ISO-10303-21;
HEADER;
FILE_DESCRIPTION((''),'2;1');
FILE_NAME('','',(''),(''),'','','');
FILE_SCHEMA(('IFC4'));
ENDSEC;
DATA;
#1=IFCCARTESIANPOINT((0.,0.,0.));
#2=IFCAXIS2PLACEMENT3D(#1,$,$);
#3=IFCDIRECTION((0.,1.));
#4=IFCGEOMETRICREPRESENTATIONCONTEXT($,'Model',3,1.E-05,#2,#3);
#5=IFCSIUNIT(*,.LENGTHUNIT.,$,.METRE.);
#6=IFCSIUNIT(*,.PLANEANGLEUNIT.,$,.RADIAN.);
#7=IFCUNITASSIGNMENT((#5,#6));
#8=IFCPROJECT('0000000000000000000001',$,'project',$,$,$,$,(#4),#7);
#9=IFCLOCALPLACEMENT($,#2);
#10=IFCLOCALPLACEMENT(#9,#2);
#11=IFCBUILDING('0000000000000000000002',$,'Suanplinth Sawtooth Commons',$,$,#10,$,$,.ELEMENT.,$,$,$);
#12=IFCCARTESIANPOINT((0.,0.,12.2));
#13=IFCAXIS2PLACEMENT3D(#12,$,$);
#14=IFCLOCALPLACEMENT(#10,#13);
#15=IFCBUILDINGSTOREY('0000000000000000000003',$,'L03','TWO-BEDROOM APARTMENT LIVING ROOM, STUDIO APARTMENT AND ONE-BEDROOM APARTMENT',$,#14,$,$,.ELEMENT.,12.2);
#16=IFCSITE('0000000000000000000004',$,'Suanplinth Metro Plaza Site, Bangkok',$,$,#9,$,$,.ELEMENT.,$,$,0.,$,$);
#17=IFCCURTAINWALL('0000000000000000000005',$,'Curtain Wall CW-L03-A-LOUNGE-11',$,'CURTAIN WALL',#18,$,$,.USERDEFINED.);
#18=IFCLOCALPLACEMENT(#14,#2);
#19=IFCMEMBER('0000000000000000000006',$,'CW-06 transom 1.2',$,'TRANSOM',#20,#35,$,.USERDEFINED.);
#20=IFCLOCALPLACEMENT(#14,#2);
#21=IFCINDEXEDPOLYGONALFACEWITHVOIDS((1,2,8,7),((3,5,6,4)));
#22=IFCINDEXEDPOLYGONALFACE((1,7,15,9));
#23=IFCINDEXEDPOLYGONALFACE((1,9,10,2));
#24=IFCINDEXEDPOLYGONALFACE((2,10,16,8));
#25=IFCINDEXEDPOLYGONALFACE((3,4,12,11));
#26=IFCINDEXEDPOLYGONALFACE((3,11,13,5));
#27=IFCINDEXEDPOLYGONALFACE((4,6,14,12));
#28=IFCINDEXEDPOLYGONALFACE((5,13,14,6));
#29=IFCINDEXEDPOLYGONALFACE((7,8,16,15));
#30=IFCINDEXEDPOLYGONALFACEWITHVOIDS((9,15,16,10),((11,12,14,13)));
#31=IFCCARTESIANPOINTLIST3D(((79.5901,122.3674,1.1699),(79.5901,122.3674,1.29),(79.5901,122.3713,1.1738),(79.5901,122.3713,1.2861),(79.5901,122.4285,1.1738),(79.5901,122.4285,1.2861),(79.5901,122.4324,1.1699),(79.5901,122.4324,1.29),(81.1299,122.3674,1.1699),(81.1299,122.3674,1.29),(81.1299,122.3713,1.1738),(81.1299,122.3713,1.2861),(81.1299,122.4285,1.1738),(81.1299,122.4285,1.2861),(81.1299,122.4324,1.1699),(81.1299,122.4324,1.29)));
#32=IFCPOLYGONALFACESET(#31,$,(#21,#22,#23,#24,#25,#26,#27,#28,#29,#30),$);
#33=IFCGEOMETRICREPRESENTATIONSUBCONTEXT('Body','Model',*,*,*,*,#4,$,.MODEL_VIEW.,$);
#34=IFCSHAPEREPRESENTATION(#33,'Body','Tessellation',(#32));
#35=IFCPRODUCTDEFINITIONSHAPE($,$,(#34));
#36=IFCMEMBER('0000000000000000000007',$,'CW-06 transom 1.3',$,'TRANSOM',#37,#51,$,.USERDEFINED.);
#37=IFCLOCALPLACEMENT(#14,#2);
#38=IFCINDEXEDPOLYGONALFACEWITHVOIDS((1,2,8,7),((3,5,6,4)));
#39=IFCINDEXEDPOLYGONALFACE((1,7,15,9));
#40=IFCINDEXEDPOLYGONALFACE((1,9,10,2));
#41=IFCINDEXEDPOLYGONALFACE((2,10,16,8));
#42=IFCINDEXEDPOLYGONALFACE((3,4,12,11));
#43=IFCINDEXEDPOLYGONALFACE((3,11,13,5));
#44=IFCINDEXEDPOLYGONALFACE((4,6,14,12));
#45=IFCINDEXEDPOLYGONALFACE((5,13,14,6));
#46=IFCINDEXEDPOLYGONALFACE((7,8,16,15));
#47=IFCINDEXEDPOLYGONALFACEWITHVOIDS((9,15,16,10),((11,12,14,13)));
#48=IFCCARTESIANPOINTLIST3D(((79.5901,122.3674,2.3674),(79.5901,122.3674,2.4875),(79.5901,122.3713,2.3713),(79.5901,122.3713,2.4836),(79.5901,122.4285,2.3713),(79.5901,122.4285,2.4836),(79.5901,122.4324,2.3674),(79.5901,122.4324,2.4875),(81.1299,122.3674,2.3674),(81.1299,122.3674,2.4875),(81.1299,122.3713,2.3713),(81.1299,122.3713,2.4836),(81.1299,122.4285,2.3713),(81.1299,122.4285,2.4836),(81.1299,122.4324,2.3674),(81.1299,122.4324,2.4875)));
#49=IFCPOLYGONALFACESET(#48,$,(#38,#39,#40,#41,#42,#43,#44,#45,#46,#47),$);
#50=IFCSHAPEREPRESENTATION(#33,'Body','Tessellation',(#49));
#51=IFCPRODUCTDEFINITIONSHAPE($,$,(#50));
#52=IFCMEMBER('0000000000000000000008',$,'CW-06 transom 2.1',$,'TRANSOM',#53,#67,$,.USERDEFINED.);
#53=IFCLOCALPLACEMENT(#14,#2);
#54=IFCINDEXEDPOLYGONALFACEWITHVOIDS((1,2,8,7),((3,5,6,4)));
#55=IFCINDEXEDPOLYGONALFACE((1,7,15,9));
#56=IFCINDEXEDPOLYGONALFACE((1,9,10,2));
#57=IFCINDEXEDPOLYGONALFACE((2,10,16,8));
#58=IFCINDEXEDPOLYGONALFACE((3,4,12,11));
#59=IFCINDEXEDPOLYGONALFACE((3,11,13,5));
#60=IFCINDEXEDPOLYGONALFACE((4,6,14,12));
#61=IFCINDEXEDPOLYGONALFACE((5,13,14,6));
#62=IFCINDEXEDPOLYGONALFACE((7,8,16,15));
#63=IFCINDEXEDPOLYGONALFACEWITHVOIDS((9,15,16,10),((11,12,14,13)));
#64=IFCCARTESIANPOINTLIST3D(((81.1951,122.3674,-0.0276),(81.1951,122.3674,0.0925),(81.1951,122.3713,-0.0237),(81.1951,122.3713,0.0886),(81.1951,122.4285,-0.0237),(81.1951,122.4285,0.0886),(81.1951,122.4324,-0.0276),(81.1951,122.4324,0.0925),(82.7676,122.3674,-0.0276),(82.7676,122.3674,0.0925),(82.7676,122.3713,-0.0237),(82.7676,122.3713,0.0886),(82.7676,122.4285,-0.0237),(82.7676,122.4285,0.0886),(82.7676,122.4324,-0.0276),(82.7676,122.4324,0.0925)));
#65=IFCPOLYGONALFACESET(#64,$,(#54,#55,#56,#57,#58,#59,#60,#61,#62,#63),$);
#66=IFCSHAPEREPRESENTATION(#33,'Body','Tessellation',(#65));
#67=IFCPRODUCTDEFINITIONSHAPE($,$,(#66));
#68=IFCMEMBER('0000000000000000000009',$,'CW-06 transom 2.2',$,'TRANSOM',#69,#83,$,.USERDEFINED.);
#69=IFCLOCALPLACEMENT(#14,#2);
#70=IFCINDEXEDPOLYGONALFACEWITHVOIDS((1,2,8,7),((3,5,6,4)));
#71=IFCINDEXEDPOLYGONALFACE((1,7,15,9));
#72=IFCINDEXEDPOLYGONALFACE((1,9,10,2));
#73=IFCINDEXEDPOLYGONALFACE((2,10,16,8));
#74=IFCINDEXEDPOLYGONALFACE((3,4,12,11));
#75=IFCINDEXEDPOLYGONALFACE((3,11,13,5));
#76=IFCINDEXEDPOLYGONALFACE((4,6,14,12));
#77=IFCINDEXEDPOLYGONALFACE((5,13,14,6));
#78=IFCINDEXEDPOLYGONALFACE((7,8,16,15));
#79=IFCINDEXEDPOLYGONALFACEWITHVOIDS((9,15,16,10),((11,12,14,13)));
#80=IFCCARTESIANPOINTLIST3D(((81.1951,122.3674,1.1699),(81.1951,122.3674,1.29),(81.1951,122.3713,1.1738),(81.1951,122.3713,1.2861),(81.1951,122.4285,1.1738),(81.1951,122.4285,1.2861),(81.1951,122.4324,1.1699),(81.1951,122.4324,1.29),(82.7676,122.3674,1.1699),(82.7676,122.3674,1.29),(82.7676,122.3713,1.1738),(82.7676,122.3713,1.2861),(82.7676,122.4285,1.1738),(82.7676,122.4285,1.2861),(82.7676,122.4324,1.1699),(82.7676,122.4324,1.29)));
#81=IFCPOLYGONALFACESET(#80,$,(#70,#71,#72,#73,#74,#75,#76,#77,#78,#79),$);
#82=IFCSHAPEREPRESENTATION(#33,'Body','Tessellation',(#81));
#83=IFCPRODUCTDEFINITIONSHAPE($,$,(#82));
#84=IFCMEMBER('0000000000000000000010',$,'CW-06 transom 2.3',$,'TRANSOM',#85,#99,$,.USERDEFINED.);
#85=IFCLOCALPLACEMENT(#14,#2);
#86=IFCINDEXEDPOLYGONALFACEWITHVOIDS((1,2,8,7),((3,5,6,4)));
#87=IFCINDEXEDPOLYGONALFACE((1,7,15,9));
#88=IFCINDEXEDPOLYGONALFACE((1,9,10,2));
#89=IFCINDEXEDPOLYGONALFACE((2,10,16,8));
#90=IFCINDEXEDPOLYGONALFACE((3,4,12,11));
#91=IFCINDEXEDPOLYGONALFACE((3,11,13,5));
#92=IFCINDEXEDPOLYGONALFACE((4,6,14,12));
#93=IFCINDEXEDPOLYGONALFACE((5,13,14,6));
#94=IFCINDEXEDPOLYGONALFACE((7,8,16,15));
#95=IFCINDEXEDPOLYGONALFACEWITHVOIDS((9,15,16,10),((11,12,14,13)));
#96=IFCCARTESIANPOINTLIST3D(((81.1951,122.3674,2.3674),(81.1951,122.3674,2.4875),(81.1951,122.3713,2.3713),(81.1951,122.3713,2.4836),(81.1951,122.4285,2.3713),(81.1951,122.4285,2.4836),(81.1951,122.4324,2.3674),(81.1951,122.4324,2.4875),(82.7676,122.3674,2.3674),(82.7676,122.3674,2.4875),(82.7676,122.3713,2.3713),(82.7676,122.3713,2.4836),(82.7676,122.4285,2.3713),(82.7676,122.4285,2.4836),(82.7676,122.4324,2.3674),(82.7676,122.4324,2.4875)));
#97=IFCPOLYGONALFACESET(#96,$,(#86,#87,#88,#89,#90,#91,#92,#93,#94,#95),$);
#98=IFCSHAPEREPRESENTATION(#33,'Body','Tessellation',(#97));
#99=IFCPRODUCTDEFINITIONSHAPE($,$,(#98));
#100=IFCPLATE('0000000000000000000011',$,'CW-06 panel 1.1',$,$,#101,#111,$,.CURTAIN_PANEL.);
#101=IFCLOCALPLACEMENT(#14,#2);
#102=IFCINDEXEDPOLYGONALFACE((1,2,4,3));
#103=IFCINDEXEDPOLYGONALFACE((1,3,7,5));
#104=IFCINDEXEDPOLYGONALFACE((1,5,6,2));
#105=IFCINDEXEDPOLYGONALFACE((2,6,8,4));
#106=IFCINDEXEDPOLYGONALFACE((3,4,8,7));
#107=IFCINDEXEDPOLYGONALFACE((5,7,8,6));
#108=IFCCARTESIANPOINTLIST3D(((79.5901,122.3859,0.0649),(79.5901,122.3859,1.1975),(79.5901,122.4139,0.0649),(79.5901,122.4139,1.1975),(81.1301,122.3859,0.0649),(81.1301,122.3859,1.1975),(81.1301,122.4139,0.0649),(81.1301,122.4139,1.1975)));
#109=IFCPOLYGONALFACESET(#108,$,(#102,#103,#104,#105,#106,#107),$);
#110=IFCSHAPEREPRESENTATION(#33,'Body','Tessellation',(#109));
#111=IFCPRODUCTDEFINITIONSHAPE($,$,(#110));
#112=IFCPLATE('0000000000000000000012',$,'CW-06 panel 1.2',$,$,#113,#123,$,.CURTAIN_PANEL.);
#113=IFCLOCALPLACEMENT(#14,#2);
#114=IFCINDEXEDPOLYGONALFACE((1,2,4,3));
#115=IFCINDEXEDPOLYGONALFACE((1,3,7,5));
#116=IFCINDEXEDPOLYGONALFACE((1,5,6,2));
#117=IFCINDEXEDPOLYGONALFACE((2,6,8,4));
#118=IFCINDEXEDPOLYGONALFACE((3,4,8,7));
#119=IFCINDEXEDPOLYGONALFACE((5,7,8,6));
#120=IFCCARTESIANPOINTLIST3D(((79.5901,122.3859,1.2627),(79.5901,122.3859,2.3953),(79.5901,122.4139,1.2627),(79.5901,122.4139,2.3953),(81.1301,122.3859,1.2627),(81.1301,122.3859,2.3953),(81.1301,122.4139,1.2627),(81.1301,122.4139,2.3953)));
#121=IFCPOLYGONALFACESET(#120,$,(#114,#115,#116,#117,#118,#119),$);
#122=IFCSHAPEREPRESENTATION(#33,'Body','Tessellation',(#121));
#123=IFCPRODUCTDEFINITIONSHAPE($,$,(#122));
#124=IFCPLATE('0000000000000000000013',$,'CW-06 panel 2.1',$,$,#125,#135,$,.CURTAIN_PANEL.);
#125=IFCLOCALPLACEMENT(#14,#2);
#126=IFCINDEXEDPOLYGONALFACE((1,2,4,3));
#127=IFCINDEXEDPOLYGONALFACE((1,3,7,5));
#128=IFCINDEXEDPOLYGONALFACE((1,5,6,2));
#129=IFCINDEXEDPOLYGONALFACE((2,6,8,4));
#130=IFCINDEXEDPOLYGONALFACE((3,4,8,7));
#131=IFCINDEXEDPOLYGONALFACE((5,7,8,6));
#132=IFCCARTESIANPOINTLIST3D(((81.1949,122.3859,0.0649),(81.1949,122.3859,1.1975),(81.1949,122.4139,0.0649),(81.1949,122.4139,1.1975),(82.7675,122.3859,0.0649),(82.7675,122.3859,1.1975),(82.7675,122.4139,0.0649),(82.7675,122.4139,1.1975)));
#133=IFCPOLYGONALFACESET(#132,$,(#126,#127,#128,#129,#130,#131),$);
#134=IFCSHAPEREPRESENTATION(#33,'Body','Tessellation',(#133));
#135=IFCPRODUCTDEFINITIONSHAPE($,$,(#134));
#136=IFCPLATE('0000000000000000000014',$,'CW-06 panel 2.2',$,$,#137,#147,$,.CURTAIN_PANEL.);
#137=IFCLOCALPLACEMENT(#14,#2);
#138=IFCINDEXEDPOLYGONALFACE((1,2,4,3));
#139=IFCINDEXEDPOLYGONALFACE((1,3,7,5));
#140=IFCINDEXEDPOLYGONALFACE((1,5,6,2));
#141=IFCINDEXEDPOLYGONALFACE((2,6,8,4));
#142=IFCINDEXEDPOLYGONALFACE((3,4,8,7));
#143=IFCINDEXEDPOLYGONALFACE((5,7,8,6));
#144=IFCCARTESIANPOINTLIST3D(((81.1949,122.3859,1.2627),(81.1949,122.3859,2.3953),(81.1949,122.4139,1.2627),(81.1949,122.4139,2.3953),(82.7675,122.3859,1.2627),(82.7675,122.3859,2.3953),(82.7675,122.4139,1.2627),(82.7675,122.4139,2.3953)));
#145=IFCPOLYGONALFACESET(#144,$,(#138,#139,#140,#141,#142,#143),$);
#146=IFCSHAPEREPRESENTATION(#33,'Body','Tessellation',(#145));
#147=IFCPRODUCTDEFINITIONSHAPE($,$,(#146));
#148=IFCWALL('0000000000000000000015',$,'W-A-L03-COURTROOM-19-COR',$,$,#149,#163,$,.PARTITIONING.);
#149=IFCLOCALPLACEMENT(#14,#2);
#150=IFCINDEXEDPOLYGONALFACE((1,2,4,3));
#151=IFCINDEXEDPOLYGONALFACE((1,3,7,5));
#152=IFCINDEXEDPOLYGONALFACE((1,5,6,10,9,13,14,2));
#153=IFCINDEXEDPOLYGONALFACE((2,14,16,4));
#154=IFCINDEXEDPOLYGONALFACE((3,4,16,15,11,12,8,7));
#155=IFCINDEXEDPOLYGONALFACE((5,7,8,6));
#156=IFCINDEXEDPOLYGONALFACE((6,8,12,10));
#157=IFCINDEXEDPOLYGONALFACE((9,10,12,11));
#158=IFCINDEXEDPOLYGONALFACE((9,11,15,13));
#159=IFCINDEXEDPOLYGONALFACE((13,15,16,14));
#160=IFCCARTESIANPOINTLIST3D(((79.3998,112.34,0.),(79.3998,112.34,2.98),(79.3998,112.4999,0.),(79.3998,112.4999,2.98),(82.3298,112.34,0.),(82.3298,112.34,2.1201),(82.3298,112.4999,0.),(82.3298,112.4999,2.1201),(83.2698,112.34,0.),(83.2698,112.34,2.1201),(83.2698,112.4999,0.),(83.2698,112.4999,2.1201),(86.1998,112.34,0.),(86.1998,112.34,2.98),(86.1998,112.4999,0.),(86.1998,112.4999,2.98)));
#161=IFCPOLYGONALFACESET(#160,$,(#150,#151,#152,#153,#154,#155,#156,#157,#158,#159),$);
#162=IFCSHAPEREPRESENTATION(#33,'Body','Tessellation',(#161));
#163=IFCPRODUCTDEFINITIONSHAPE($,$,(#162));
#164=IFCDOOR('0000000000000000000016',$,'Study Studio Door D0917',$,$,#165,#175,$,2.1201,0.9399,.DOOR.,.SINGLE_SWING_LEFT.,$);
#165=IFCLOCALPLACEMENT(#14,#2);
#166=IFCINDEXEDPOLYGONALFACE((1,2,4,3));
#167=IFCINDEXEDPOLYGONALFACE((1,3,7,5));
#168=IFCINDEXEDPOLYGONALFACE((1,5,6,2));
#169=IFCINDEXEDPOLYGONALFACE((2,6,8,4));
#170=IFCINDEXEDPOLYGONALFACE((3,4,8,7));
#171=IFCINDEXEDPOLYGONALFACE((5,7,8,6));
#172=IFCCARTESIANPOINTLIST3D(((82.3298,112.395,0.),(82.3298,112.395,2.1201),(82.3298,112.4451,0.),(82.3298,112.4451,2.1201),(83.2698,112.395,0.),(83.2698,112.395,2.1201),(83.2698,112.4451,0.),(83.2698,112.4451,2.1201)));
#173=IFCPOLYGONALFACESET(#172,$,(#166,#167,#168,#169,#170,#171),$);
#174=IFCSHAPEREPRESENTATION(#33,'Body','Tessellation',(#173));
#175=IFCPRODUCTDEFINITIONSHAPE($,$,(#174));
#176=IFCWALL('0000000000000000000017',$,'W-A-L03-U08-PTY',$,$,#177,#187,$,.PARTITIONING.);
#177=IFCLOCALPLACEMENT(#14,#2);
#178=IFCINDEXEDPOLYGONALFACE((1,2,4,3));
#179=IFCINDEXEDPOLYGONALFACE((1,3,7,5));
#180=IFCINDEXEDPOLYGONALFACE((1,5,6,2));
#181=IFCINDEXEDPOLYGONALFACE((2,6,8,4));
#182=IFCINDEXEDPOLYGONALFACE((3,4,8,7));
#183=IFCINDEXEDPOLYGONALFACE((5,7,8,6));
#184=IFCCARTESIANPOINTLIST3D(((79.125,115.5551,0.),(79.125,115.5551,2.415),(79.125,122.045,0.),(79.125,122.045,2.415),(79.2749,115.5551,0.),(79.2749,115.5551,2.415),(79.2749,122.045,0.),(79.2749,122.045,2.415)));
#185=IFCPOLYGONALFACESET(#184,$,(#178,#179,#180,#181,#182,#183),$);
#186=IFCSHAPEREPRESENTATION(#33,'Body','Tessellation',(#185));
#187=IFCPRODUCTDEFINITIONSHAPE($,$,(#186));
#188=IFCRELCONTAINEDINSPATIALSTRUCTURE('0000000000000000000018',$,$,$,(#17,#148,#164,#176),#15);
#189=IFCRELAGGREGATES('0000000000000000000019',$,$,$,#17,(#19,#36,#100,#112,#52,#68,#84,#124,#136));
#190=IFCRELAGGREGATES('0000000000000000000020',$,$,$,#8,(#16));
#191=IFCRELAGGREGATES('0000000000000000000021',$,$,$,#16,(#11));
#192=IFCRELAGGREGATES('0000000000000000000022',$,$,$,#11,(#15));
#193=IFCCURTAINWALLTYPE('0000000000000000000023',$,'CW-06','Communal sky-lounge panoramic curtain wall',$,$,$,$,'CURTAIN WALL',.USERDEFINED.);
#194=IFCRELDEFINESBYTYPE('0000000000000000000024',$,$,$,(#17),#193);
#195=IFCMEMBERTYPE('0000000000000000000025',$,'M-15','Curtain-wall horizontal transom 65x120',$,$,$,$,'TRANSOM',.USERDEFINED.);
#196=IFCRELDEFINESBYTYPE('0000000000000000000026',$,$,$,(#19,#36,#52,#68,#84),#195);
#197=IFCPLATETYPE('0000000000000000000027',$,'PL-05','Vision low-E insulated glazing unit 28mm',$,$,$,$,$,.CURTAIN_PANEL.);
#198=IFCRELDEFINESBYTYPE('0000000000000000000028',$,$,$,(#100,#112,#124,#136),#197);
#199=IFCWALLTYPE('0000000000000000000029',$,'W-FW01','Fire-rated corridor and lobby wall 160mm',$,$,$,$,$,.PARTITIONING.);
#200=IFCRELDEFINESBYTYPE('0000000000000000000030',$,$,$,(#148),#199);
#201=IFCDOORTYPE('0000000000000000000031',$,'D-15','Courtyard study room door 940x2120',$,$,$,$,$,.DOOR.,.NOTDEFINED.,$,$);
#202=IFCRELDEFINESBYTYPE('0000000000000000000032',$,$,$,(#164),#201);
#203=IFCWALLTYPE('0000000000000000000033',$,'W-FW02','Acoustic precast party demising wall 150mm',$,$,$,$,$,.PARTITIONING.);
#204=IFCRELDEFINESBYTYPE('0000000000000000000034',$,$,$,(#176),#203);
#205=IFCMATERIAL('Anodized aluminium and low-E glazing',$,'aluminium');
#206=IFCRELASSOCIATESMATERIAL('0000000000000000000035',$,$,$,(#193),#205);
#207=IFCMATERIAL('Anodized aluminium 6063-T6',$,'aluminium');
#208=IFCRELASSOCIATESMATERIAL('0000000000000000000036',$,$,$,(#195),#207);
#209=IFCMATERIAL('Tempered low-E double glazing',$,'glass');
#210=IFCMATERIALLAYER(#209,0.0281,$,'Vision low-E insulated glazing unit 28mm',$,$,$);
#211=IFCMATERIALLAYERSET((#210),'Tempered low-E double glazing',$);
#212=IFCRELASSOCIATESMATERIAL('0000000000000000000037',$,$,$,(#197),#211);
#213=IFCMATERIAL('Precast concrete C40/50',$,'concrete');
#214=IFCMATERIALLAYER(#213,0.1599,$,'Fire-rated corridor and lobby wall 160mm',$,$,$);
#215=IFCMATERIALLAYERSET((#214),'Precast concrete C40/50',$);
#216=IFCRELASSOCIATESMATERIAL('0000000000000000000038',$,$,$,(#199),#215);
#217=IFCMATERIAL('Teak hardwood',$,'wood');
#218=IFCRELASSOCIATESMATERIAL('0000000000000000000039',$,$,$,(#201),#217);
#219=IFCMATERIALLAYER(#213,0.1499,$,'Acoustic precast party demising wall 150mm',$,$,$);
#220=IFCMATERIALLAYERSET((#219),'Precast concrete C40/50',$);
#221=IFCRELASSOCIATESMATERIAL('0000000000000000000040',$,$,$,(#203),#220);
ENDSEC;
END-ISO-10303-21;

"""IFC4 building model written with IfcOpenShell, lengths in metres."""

from ifc_helpers import new_model, si_unit, direction, frame, frame_2d, origin, origin_2d, place, context, subcontext, project, spatial, rectangle, hollow_rectangle, extrude, material, layer, layer_set, material_profile, profile_set, type_object, element, fill, aggregate, save


model = new_model("IFC4")

# Units and contexts
model_context = context("Model", 3, precision=1e-05, world=origin(), true_north=direction((0.0, 1.0)))
body_context = subcontext(model_context, "Body", "Model", "MODEL_VIEW")
ifc_project = project(units=[si_unit("LENGTHUNIT", "METRE"), si_unit("PLANEANGLEUNIT", "RADIAN")], contexts=[model_context])

# Site, building, storey
site_placement = place(None, origin())
site = spatial("IfcSite", under=ifc_project, at=site_placement, Name="Suanplinth Metro Plaza Site, Bangkok", CompositionType="ELEMENT", RefElevation=0.0)
building_placement = place(site_placement, origin())
building = spatial("IfcBuilding", under=site, at=building_placement, Name="Suanplinth Sawtooth Commons", CompositionType="ELEMENT")
storey_placement = place(building_placement, frame((0.0, 0.0, 12.2)))
storey = spatial("IfcBuildingStorey", under=building, at=storey_placement, Name="L03", Description="TWO-BEDROOM APARTMENT LIVING ROOM, STUDIO APARTMENT AND ONE-BEDROOM APARTMENT", CompositionType="ELEMENT", Elevation=12.2)

# Shared definitions
ifc_material_1 = material(Name="Precast concrete C40/50", Category="concrete")

# Curtain wall, members, plates
ifc_material_2 = material(Name="Anodized aluminium and low-E glazing", Category="aluminium")
curtain_wall_type = type_object("IfcCurtainWallType", Name="CW-06", Description="Communal sky-lounge panoramic curtain wall", ElementType="CURTAIN WALL", PredefinedType="USERDEFINED", material=ifc_material_2)
curtain_wall_placement = place(storey_placement, origin())
curtain_wall = element("IfcCurtainWall", 1, at=curtain_wall_placement, inside=storey, type_object=curtain_wall_type, Name="Curtain Wall CW-L03-A-LOUNGE-11", ObjectType="CURTAIN WALL", PredefinedType="USERDEFINED")
ifc_material_3 = material(Name="Anodized aluminium 6063-T6", Category="aluminium")
ifc_material_profile_1 = material_profile(ifc_material_3, hollow_rectangle(XDim=0.0649, YDim=0.1201, WallThickness=0.0039, at=origin_2d()), Name="ALU-TRN 65x120")
ifc_profile_set_1 = profile_set([ifc_material_profile_1], Name="Anodized aluminium 6063-T6")
member_type_1 = type_object("IfcMemberType", Name="M-15", Description="Curtain-wall horizontal transom 65x120", ElementType="TRANSOM", PredefinedType="USERDEFINED", material=ifc_profile_set_1)
member_1_placement = place(storey_placement, frame((79.5901, 122.3999, 1.23), z_axis=(1.0, 0.0, 0.0), x_axis=(0.0, 1.0, 0.0)))
member_1 = element("IfcMember", 2, at=member_1_placement, type_object=member_type_1, Name="CW-06 transom 1.2", ObjectType="TRANSOM", PredefinedType="USERDEFINED", context=body_context, shape_type="SweptSolid", body=[
    extrude(hollow_rectangle(XDim=0.0649, YDim=0.1201, WallThickness=0.0039, at=origin_2d()), origin(), (0.0, 0.0, 1.0), 1.5398),
])
member_2_placement = place(storey_placement, frame((79.5901, 122.3999, 2.4275), z_axis=(1.0, 0.0, 0.0), x_axis=(0.0, 1.0, 0.0)))
member_2 = element("IfcMember", 3, at=member_2_placement, type_object=member_type_1, Name="CW-06 transom 1.3", ObjectType="TRANSOM", PredefinedType="USERDEFINED", context=body_context, shape_type="SweptSolid", body=[
    extrude(hollow_rectangle(XDim=0.0649, YDim=0.1201, WallThickness=0.0039, at=origin_2d()), origin(), (0.0, 0.0, 1.0), 1.5398),
])
member_3_placement = place(storey_placement, frame((81.1951, 122.3999, 0.0325), z_axis=(1.0, 0.0, 0.0), x_axis=(0.0, 1.0, 0.0)))
member_3 = element("IfcMember", 4, at=member_3_placement, type_object=member_type_1, Name="CW-06 transom 2.1", ObjectType="TRANSOM", PredefinedType="USERDEFINED", context=body_context, shape_type="SweptSolid", body=[
    extrude(hollow_rectangle(XDim=0.0649, YDim=0.1201, WallThickness=0.0039, at=origin_2d()), origin(), (0.0, 0.0, 1.0), 1.5725),
])
member_4_placement = place(storey_placement, frame((81.1951, 122.3999, 1.23), z_axis=(1.0, 0.0, 0.0), x_axis=(0.0, 1.0, 0.0)))
member_4 = element("IfcMember", 5, at=member_4_placement, type_object=member_type_1, Name="CW-06 transom 2.2", ObjectType="TRANSOM", PredefinedType="USERDEFINED", context=body_context, shape_type="SweptSolid", body=[
    extrude(hollow_rectangle(XDim=0.0649, YDim=0.1201, WallThickness=0.0039, at=origin_2d()), origin(), (0.0, 0.0, 1.0), 1.5725),
])
member_5_placement = place(storey_placement, frame((81.1951, 122.3999, 2.4275), z_axis=(1.0, 0.0, 0.0), x_axis=(0.0, 1.0, 0.0)))
member_5 = element("IfcMember", 6, at=member_5_placement, type_object=member_type_1, Name="CW-06 transom 2.3", ObjectType="TRANSOM", PredefinedType="USERDEFINED", context=body_context, shape_type="SweptSolid", body=[
    extrude(hollow_rectangle(XDim=0.0649, YDim=0.1201, WallThickness=0.0039, at=origin_2d()), origin(), (0.0, 0.0, 1.0), 1.5725),
])
ifc_material_4 = material(Name="Tempered low-E double glazing", Category="glass")
ifc_layer_1 = layer(ifc_material_4, 0.0281, Name="Vision low-E insulated glazing unit 28mm")
ifc_layer_set_1 = layer_set([ifc_layer_1], Name="Tempered low-E double glazing")
plate_type = type_object("IfcPlateType", Name="PL-05", Description="Vision low-E insulated glazing unit 28mm", PredefinedType="CURTAIN_PANEL", material=ifc_layer_set_1)
plate_1_placement = place(storey_placement, frame((80.3601, 122.3999, 0.0649), z_axis=(0.0, 0.0, 1.0), x_axis=(1.0, 0.0, 0.0)))
plate_1 = element("IfcPlate", 7, at=plate_1_placement, type_object=plate_type, Name="CW-06 panel 1.1", PredefinedType="CURTAIN_PANEL", context=body_context, shape_type="SweptSolid", body=[
    extrude(rectangle(XDim=1.54, YDim=0.0281, at=origin_2d()), origin(), (0.0, 0.0, 1.0), 1.1326),
])
plate_2_placement = place(storey_placement, frame((80.3601, 122.3999, 1.2627), z_axis=(0.0, 0.0, 1.0), x_axis=(1.0, 0.0, 0.0)))
plate_2 = element("IfcPlate", 8, at=plate_2_placement, type_object=plate_type, Name="CW-06 panel 1.2", PredefinedType="CURTAIN_PANEL", context=body_context, shape_type="SweptSolid", body=[
    extrude(rectangle(XDim=1.54, YDim=0.0281, at=origin_2d()), origin(), (0.0, 0.0, 1.0), 1.1326),
])
plate_3_placement = place(storey_placement, frame((81.9812, 122.3999, 0.0649), z_axis=(0.0, 0.0, 1.0), x_axis=(1.0, 0.0, 0.0)))
plate_3 = element("IfcPlate", 9, at=plate_3_placement, type_object=plate_type, Name="CW-06 panel 2.1", PredefinedType="CURTAIN_PANEL", context=body_context, shape_type="SweptSolid", body=[
    extrude(rectangle(XDim=1.5725, YDim=0.0281, at=origin_2d()), origin(), (0.0, 0.0, 1.0), 1.1326),
])
plate_4_placement = place(storey_placement, frame((81.9812, 122.3999, 1.2627), z_axis=(0.0, 0.0, 1.0), x_axis=(1.0, 0.0, 0.0)))
plate_4 = element("IfcPlate", 10, at=plate_4_placement, type_object=plate_type, Name="CW-06 panel 2.2", PredefinedType="CURTAIN_PANEL", context=body_context, shape_type="SweptSolid", body=[
    extrude(rectangle(XDim=1.5725, YDim=0.0281, at=origin_2d()), origin(), (0.0, 0.0, 1.0), 1.1326),
])
aggregate(curtain_wall, [member_1, member_2, plate_1, plate_2, member_3, member_4, member_5, plate_3, plate_4])

# Wall, opening, door
ifc_layer_2 = layer(ifc_material_1, 0.1599, Name="Fire-rated corridor and lobby wall 160mm")
ifc_layer_set_2 = layer_set([ifc_layer_2], Name="Precast concrete C40/50")
wall_type_1 = type_object("IfcWallType", Name="W-FW01", Description="Fire-rated corridor and lobby wall 160mm", PredefinedType="PARTITIONING", material=ifc_layer_set_2)
wall_1_placement = place(storey_placement, frame((79.3999, 112.4199, 0.0), z_axis=(0.0, 0.0, 1.0), x_axis=(1.0, 0.0, 0.0)))
wall_1 = element("IfcWall", 11, at=wall_1_placement, inside=storey, type_object=wall_type_1, Name="W-A-L03-COURTROOM-19-COR", PredefinedType="PARTITIONING", context=body_context, shape_type="SweptSolid", body=[
    extrude(rectangle(XDim=6.8, YDim=0.1599, at=frame_2d((3.3999, 0.0))), origin(), (0.0, 0.0, 1.0), 2.98),
])
opening_1_placement = place(wall_1_placement, frame((2.9299, 0.0, 0.0)))
opening_1 = element("IfcOpeningElement", 12, at=opening_1_placement, cuts=wall_1, PredefinedType="OPENING", context=body_context, shape_type="SweptSolid", body=[
    extrude(rectangle(XDim=0.9399, YDim=2.1201, at=frame_2d((0.47, 1.0601))), frame((0.0, 0.0947, 0.0), z_axis=(0.0, -1.0, 0.0), x_axis=(1.0, 0.0, 0.0)), (0.0, 0.0, 1.0), 0.1897),
])
ifc_material_5 = material(Name="Teak hardwood", Category="wood")
door_type_1 = type_object("IfcDoorType", Name="D-15", Description="Courtyard study room door 940x2120", OperationType="NOTDEFINED", PredefinedType="DOOR", material=ifc_material_5)
door_1_placement = place(opening_1_placement, frame((0.9399, 0.0, 0.0), z_axis=(0.0, 0.0, 1.0), x_axis=(-1.0, 0.0, 0.0)))
door_1 = element("IfcDoor", 13, at=door_1_placement, inside=storey, type_object=door_type_1, Name="Study Studio Door D0917", OperationType="SINGLE_SWING_LEFT", OverallHeight=2.1201, OverallWidth=0.9399, PredefinedType="DOOR", context=body_context, shape_type="SweptSolid", body=[
    extrude(rectangle(XDim=0.9399, YDim=2.1201, at=frame_2d((0.47, 1.0601))), frame((0.0, 0.0249, 0.0), z_axis=(0.0, -1.0, 0.0), x_axis=(1.0, 0.0, 0.0)), (0.0, 0.0, 1.0), 0.05),
])
fill(opening_1, door_1)

# Wall
ifc_layer_3 = layer(ifc_material_1, 0.1499, Name="Acoustic precast party demising wall 150mm")
ifc_layer_set_3 = layer_set([ifc_layer_3], Name="Precast concrete C40/50")
wall_type_2 = type_object("IfcWallType", Name="W-FW02", Description="Acoustic precast party demising wall 150mm", PredefinedType="PARTITIONING", material=ifc_layer_set_3)
wall_2_placement = place(storey_placement, frame((79.2, 115.5549, 0.0), z_axis=(0.0, 0.0, 1.0), x_axis=(0.0, 1.0, 0.0)))
element("IfcWall", 14, at=wall_2_placement, inside=storey, type_object=wall_type_2, Name="W-A-L03-U08-PTY", PredefinedType="PARTITIONING", context=body_context, shape_type="SweptSolid", body=[
    extrude(rectangle(XDim=6.49, YDim=0.1499, at=frame_2d((3.2451, 0.0))), origin(), (0.0, 0.0, 1.0), 2.415),
])

save(model, "model.ifc")
